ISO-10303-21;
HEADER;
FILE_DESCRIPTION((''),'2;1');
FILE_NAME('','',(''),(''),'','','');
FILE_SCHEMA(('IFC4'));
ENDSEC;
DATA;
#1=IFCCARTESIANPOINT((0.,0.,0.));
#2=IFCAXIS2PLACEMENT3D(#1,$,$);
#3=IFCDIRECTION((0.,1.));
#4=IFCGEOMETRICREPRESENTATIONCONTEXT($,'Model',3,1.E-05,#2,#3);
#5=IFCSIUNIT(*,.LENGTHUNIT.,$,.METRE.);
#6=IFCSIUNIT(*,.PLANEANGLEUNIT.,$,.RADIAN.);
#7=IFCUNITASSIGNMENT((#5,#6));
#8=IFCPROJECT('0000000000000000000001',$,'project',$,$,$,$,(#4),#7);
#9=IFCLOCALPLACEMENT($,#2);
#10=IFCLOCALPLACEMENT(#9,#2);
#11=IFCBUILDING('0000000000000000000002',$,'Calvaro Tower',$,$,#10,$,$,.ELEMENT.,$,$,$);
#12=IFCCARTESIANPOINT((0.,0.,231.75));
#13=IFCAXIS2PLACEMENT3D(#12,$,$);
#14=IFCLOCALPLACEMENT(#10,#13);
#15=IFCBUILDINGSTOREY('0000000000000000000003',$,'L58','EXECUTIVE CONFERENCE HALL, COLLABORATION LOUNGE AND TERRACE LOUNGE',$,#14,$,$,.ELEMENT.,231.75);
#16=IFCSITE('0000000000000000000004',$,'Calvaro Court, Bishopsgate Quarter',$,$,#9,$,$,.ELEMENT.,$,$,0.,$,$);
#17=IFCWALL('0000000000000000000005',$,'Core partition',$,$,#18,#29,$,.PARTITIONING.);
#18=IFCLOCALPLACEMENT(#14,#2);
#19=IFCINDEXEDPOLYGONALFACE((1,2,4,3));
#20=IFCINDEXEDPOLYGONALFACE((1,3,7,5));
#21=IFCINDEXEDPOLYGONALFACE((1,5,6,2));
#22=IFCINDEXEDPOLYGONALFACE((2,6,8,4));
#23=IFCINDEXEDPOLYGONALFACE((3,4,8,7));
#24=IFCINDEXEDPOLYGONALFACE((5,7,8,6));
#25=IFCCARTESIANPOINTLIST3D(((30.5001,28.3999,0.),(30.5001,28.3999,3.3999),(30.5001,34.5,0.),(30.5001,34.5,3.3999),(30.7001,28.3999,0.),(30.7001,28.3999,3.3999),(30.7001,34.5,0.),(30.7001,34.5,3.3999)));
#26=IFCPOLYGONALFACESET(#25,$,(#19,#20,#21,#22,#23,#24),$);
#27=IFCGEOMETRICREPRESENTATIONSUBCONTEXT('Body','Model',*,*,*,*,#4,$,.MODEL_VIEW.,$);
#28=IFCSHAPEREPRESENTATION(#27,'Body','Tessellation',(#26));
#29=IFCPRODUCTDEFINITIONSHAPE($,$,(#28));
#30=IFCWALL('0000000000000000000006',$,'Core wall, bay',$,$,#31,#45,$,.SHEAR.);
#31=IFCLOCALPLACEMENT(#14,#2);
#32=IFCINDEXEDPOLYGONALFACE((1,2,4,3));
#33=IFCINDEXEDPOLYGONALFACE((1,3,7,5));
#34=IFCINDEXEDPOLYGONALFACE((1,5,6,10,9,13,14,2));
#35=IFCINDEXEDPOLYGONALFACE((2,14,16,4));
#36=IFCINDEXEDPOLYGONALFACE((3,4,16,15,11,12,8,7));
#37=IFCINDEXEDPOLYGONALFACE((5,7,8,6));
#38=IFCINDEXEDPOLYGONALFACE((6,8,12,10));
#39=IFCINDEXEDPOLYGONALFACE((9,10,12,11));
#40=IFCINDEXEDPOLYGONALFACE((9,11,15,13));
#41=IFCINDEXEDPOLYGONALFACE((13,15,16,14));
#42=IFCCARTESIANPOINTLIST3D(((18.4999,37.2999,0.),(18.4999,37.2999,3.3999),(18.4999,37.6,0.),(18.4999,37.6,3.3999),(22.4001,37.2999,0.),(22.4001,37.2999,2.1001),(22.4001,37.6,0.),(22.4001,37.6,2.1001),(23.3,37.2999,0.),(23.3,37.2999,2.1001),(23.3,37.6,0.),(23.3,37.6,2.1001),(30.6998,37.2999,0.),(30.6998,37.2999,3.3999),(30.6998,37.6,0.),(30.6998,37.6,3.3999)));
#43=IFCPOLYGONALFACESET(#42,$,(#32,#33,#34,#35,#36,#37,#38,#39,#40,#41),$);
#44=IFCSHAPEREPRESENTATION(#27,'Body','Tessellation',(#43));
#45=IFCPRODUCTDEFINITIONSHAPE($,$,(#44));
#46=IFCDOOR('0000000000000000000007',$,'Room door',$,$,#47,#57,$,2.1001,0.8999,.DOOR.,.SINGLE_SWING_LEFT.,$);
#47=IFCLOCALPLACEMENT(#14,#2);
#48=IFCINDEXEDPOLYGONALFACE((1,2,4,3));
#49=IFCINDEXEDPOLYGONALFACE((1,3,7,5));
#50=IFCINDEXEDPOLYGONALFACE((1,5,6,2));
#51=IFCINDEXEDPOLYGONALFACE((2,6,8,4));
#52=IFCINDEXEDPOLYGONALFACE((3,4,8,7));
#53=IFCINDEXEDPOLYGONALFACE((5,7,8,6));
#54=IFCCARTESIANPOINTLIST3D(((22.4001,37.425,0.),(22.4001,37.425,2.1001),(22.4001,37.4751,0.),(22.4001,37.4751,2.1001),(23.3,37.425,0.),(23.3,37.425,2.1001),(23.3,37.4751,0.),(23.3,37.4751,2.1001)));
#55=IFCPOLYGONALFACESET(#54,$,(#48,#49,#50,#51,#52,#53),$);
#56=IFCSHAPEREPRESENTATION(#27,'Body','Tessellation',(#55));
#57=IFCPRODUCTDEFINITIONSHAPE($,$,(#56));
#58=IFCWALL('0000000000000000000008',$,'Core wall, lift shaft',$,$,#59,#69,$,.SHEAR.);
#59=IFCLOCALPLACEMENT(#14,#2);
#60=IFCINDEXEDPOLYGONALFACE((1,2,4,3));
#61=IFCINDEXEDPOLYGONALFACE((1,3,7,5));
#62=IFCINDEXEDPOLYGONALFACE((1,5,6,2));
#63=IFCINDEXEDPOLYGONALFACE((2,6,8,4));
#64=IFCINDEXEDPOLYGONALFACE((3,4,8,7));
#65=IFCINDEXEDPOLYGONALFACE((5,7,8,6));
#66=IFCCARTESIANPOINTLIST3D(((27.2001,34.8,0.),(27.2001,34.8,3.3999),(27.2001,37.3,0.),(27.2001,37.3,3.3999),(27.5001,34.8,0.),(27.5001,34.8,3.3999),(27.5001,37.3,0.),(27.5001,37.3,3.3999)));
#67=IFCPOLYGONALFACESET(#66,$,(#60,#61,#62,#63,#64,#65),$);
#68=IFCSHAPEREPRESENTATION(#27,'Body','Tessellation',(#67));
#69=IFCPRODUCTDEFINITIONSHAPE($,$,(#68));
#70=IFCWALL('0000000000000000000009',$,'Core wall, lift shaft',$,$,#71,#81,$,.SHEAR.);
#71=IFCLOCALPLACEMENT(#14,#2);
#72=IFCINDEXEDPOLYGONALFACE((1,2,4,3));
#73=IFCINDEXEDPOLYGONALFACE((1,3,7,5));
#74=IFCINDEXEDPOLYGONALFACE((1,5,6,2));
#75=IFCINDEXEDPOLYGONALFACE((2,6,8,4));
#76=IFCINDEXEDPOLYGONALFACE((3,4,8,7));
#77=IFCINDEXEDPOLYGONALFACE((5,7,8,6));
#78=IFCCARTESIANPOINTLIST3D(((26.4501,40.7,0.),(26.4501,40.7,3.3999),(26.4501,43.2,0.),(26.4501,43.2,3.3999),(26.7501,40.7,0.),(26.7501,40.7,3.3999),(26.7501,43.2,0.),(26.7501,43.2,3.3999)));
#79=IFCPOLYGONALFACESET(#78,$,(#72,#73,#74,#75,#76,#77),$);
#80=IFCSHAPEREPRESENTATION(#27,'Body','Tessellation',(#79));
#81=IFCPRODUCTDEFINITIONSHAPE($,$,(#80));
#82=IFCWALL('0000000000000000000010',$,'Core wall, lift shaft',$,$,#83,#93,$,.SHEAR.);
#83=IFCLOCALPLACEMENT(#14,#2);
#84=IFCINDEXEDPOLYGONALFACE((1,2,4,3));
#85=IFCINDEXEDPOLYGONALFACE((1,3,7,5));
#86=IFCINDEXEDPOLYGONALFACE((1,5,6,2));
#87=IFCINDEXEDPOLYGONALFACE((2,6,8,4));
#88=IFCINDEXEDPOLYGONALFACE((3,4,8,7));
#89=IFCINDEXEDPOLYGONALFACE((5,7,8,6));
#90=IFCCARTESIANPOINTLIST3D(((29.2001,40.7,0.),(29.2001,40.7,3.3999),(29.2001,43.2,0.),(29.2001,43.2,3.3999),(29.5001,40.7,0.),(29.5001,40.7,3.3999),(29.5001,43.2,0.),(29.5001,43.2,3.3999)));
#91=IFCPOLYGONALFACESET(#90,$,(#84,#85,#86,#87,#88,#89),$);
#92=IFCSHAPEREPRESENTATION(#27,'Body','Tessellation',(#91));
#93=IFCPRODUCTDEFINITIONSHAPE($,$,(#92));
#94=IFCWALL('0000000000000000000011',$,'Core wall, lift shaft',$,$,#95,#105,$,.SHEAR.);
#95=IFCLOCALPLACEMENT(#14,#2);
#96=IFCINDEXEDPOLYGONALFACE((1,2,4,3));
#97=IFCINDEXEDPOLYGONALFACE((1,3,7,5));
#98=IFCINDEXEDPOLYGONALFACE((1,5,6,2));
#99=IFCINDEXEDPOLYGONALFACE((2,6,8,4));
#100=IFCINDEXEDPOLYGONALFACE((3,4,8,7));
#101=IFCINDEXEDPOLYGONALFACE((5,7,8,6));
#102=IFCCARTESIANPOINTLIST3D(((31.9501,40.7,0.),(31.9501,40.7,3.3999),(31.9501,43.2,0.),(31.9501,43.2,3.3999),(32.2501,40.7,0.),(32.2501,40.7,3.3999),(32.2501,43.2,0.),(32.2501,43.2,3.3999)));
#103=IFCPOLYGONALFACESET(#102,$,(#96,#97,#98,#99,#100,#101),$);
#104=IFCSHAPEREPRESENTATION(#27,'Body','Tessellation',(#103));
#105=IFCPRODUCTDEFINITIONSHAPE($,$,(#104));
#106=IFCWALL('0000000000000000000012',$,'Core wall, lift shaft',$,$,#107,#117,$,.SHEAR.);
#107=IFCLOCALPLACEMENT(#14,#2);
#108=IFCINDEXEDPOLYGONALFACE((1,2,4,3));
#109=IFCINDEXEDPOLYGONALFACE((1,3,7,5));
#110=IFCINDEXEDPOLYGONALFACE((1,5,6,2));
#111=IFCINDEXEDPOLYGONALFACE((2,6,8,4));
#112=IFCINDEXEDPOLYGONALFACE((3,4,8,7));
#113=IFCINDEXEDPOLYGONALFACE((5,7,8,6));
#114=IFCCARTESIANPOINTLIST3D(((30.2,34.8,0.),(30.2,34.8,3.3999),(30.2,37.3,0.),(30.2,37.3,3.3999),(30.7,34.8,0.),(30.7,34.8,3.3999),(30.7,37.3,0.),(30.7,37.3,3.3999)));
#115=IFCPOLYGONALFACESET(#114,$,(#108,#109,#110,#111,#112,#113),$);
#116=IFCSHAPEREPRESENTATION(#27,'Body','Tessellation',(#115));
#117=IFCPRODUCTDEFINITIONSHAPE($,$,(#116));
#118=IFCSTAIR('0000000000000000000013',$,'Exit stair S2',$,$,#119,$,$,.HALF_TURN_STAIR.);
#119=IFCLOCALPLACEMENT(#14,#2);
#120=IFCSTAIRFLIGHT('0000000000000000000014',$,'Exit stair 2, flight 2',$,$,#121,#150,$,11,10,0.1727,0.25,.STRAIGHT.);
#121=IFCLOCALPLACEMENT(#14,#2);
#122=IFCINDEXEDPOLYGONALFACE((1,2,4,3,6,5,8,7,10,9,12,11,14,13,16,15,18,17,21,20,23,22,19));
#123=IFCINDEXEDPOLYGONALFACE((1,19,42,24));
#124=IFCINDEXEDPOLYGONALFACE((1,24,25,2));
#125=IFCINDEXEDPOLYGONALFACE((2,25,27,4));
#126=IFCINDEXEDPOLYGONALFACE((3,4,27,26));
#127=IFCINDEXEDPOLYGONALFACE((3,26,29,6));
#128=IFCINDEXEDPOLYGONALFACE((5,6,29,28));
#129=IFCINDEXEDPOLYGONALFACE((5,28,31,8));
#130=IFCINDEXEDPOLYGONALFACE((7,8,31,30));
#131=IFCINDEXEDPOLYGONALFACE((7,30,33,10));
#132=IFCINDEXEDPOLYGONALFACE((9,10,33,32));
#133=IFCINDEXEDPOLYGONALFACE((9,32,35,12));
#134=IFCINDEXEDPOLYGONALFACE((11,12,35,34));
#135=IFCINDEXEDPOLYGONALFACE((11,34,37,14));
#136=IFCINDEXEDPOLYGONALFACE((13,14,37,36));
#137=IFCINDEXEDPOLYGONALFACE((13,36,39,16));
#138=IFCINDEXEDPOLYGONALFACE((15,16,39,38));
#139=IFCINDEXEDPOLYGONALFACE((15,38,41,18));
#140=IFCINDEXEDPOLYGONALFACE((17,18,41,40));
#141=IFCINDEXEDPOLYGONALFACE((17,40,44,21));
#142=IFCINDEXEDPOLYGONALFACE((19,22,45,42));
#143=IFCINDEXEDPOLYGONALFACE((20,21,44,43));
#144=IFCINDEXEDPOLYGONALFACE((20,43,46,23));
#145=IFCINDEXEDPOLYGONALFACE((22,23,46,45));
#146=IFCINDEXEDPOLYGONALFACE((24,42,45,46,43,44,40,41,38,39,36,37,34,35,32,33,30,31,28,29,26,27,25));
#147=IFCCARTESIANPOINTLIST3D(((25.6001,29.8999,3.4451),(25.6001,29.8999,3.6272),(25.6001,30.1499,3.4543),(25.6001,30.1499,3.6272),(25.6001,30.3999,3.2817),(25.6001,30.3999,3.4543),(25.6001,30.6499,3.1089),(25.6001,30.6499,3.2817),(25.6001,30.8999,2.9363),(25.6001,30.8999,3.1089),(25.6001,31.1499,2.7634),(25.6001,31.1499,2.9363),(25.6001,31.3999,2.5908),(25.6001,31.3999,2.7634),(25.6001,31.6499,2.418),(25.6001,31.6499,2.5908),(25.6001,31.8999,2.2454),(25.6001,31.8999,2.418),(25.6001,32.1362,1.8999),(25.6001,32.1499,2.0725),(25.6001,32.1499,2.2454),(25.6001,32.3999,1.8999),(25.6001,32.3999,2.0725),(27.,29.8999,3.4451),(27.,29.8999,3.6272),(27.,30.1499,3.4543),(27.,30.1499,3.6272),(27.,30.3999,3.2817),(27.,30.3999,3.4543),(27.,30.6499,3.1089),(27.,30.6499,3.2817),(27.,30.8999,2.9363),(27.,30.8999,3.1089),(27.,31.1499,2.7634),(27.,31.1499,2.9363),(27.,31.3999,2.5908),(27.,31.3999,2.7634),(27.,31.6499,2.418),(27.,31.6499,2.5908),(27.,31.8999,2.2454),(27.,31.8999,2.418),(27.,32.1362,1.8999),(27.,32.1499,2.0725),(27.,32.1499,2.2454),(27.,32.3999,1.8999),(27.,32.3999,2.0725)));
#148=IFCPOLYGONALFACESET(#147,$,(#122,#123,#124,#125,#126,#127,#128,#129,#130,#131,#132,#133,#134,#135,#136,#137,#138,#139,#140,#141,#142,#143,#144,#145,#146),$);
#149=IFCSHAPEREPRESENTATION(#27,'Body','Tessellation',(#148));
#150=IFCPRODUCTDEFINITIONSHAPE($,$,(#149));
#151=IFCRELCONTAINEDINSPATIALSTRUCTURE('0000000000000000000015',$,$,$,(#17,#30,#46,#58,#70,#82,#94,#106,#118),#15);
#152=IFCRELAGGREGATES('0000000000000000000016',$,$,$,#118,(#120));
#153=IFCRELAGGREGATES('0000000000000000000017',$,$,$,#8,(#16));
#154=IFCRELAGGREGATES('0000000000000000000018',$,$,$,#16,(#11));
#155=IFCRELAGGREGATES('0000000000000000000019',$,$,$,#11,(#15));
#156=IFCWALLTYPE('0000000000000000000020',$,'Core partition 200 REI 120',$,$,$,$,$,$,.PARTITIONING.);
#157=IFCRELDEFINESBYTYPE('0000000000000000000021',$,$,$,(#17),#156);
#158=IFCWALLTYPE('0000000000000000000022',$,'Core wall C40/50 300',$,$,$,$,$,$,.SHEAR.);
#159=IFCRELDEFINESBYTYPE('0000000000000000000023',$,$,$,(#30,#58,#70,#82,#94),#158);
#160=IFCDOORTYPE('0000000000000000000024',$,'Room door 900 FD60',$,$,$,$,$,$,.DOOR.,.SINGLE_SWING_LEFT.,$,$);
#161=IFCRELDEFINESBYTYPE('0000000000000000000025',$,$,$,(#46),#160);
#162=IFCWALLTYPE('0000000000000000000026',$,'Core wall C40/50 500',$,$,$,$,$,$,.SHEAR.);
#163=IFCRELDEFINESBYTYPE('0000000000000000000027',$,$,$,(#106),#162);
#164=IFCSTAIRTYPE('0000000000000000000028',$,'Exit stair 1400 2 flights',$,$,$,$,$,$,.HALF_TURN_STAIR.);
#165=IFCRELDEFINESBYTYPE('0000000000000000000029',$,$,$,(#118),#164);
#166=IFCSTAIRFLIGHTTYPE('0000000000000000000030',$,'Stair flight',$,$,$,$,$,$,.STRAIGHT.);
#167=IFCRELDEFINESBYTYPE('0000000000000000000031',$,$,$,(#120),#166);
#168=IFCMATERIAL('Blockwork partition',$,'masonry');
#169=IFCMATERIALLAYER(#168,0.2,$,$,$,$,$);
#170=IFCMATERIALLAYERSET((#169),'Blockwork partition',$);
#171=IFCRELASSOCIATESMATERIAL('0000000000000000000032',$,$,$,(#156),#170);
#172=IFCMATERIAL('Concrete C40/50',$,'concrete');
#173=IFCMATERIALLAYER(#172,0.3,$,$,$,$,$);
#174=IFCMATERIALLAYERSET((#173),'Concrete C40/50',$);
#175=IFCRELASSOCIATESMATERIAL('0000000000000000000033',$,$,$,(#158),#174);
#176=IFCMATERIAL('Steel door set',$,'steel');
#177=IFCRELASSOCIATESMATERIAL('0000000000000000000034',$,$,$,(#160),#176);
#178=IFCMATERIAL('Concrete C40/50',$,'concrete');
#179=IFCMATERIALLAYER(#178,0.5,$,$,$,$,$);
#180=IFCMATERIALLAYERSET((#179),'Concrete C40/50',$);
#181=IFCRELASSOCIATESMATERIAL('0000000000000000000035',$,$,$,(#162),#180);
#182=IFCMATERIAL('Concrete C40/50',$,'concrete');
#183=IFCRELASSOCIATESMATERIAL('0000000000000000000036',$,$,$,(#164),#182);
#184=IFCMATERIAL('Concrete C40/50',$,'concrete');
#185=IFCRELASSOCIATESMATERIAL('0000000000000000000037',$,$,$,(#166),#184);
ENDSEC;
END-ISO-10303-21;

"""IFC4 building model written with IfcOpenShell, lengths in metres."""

from ifc_helpers import new_model, si_unit, direction, frame, frame_2d, origin, place, context, subcontext, project, spatial, polyline, rectangle, outline, extrude, material, layer, layer_set, type_object, element, fill, aggregate, save


model = new_model("IFC4")

# Units and contexts
model_context = context("Model", 3, precision=1e-05, world=origin(), true_north=direction((0.0, 1.0)))
body_context = subcontext(model_context, "Body", "Model", "MODEL_VIEW")
ifc_project = project(units=[si_unit("LENGTHUNIT", "METRE"), si_unit("PLANEANGLEUNIT", "RADIAN")], contexts=[model_context])

# Site, building, storey
site_placement = place(None, origin())
site = spatial("IfcSite", under=ifc_project, at=site_placement, Name="Calvaro Court, Bishopsgate Quarter", CompositionType="ELEMENT", RefElevation=0.0)
building_placement = place(site_placement, origin())
building = spatial("IfcBuilding", under=site, at=building_placement, Name="Calvaro Tower", CompositionType="ELEMENT")
storey_placement = place(building_placement, frame((0.0, 0.0, 231.75)))
storey = spatial("IfcBuildingStorey", under=building, at=storey_placement, Name="L58", Description="EXECUTIVE CONFERENCE HALL, COLLABORATION LOUNGE AND TERRACE LOUNGE", CompositionType="ELEMENT", Elevation=231.75)

# Wall
ifc_material_1 = material(Name="Blockwork partition", Category="masonry")
ifc_layer_1 = layer(ifc_material_1, 0.2)
ifc_layer_set_1 = layer_set([ifc_layer_1], Name="Blockwork partition")
wall_type_1 = type_object("IfcWallType", Name="Core partition 200 REI 120", PredefinedType="PARTITIONING", material=ifc_layer_set_1)
wall_1_placement = place(storey_placement, frame((30.6001, 28.3999, 0.0), z_axis=(0.0, 0.0, 1.0), x_axis=(0.0, 1.0, 0.0)))
element("IfcWall", 1, at=wall_1_placement, inside=storey, type_object=wall_type_1, Name="Core partition", PredefinedType="PARTITIONING", context=body_context, shape_type="SweptSolid", body=[
    extrude(rectangle(XDim=6.1001, YDim=0.2, at=frame_2d((3.05, 0.0))), origin(), (0.0, 0.0, 1.0), 3.3999),
])

# Wall, opening, door
ifc_material_2 = material(Name="Concrete C40/50", Category="concrete")
ifc_layer_2 = layer(ifc_material_2, 0.3)
ifc_layer_set_2 = layer_set([ifc_layer_2], Name="Concrete C40/50")
wall_type_2 = type_object("IfcWallType", Name="Core wall C40/50 300", PredefinedType="SHEAR", material=ifc_layer_set_2)
wall_2_placement = place(storey_placement, frame((30.7, 37.45, 0.0), z_axis=(0.0, 0.0, 1.0), x_axis=(-1.0, 0.0, 0.0)))
wall_2 = element("IfcWall", 2, at=wall_2_placement, inside=storey, type_object=wall_type_2, Name="Core wall, bay", PredefinedType="SHEAR", context=body_context, shape_type="SweptSolid", body=[
    extrude(rectangle(XDim=12.2, YDim=0.3, at=frame_2d((6.1001, 0.0))), origin(), (0.0, 0.0, 1.0), 3.3999),
])
opening_placement = place(wall_2_placement, frame((7.3999, 0.0, 0.0)))
opening = element("IfcOpeningElement", 3, at=opening_placement, cuts=wall_2, PredefinedType="OPENING", context=body_context, shape_type="SweptSolid", body=[
    extrude(rectangle(XDim=0.8999, YDim=2.1001, at=frame_2d((0.45, 1.05))), frame((0.0, 0.1599, 0.0), z_axis=(0.0, -1.0, 0.0), x_axis=(1.0, 0.0, 0.0)), (0.0, 0.0, 1.0), 0.3201),
])
ifc_material_3 = material(Name="Steel door set", Category="steel")
door_type = type_object("IfcDoorType", Name="Room door 900 FD60", OperationType="SINGLE_SWING_LEFT", PredefinedType="DOOR", material=ifc_material_3)
door_placement = place(opening_placement, origin())
door = element("IfcDoor", 4, at=door_placement, inside=storey, type_object=door_type, Name="Room door", OperationType="SINGLE_SWING_LEFT", OverallHeight=2.1001, OverallWidth=0.8999, PredefinedType="DOOR", context=body_context, shape_type="SweptSolid", body=[
    extrude(rectangle(XDim=0.8999, YDim=2.1001, at=frame_2d((0.45, 1.05))), frame((0.0, 0.0249, 0.0), z_axis=(0.0, -1.0, 0.0), x_axis=(1.0, 0.0, 0.0)), (0.0, 0.0, 1.0), 0.05),
])
fill(opening, door)

# Walls
for number, where, z_axis, x_axis, name in (
    (5, (27.3501, 34.8, 0.0), (0.0, 0.0, 1.0), (0.0, 1.0, 0.0), "Core wall, lift shaft"),
    (6, (26.6001, 40.7, 0.0), (0.0, 0.0, 1.0), (0.0, 1.0, 0.0), "Core wall, lift shaft"),
    (7, (29.3501, 40.7, 0.0), (0.0, 0.0, 1.0), (0.0, 1.0, 0.0), "Core wall, lift shaft"),
    (8, (32.1001, 40.7, 0.0), (0.0, 0.0, 1.0), (0.0, 1.0, 0.0), "Core wall, lift shaft"),
):
    element("IfcWall", number, at=place(storey_placement, frame(where, z_axis=z_axis, x_axis=x_axis)), inside=storey, type_object=wall_type_2, Name=name, PredefinedType="SHEAR", context=body_context, shape_type="SweptSolid", body=[
        extrude(rectangle(XDim=2.5, YDim=0.3, at=frame_2d((1.25, 0.0))), origin(), (0.0, 0.0, 1.0), 3.3999),
    ])
ifc_material_4 = material(Name="Concrete C40/50", Category="concrete")
ifc_layer_3 = layer(ifc_material_4, 0.5)
ifc_layer_set_3 = layer_set([ifc_layer_3], Name="Concrete C40/50")
wall_type_3 = type_object("IfcWallType", Name="Core wall C40/50 500", PredefinedType="SHEAR", material=ifc_layer_set_3)
wall_3_placement = place(storey_placement, frame((30.45, 34.8, 0.0), z_axis=(0.0, 0.0, 1.0), x_axis=(0.0, 1.0, 0.0)))
element("IfcWall", 9, at=wall_3_placement, inside=storey, type_object=wall_type_3, Name="Core wall, lift shaft", PredefinedType="SHEAR", context=body_context, shape_type="SweptSolid", body=[
    extrude(rectangle(XDim=2.5, YDim=0.5, at=frame_2d((1.25, 0.0))), origin(), (0.0, 0.0, 1.0), 3.3999),
])

# Stair, stair flight
ifc_material_5 = material(Name="Concrete C40/50", Category="concrete")
stair_type = type_object("IfcStairType", Name="Exit stair 1400 2 flights", PredefinedType="HALF_TURN_STAIR", material=ifc_material_5)
stair_placement = place(storey_placement, origin())
stair = element("IfcStair", 10, at=stair_placement, inside=storey, type_object=stair_type, Name="Exit stair S2", PredefinedType="HALF_TURN_STAIR")
ifc_material_6 = material(Name="Concrete C40/50", Category="concrete")
stair_flight_type = type_object("IfcStairFlightType", Name="Stair flight", PredefinedType="STRAIGHT", material=ifc_material_6)
stair_flight_placement = place(storey_placement, frame((26.3, 32.3999, 1.8999), z_axis=(0.0, 0.0, 1.0), x_axis=(0.0, -1.0, 0.0)))
stair_flight = element("IfcStairFlight", 11, at=stair_flight_placement, type_object=stair_flight_type, Name="Exit stair 2, flight 2", NumberOfRisers=11, NumberOfTreads=10, PredefinedType="STRAIGHT", RiserHeight=0.1727, TreadLength=0.25, context=body_context, shape_type="SweptSolid", body=[
    extrude(outline(polyline([(0.0, 0.0), (0.0, 0.1726), (0.25, 0.1726), (0.25, 0.3455), (0.5, 0.3455), (0.5, 0.5181), (0.75, 0.5181), (0.75, 0.6909), (1.0, 0.6909), (1.0, 0.8635), (1.25, 0.8635), (1.25, 1.0364), (1.5, 1.0364), (1.5, 1.209), (1.75, 1.209), (1.75, 1.3818), (2.0, 1.3818), (2.0, 1.5544), (2.25, 1.5544), (2.25, 1.7273), (2.5, 1.7273), (2.5, 1.8999), (2.5, 1.5452), (0.2637, 0.0), (0.0, 0.0)])), frame((0.0, 0.7, 0.0), z_axis=(0.0, -1.0, 0.0), x_axis=(1.0, 0.0, 0.0)), (0.0, 0.0, 1.0), 1.3999),
])
aggregate(stair, [stair_flight])

save(model, "model.ifc")
